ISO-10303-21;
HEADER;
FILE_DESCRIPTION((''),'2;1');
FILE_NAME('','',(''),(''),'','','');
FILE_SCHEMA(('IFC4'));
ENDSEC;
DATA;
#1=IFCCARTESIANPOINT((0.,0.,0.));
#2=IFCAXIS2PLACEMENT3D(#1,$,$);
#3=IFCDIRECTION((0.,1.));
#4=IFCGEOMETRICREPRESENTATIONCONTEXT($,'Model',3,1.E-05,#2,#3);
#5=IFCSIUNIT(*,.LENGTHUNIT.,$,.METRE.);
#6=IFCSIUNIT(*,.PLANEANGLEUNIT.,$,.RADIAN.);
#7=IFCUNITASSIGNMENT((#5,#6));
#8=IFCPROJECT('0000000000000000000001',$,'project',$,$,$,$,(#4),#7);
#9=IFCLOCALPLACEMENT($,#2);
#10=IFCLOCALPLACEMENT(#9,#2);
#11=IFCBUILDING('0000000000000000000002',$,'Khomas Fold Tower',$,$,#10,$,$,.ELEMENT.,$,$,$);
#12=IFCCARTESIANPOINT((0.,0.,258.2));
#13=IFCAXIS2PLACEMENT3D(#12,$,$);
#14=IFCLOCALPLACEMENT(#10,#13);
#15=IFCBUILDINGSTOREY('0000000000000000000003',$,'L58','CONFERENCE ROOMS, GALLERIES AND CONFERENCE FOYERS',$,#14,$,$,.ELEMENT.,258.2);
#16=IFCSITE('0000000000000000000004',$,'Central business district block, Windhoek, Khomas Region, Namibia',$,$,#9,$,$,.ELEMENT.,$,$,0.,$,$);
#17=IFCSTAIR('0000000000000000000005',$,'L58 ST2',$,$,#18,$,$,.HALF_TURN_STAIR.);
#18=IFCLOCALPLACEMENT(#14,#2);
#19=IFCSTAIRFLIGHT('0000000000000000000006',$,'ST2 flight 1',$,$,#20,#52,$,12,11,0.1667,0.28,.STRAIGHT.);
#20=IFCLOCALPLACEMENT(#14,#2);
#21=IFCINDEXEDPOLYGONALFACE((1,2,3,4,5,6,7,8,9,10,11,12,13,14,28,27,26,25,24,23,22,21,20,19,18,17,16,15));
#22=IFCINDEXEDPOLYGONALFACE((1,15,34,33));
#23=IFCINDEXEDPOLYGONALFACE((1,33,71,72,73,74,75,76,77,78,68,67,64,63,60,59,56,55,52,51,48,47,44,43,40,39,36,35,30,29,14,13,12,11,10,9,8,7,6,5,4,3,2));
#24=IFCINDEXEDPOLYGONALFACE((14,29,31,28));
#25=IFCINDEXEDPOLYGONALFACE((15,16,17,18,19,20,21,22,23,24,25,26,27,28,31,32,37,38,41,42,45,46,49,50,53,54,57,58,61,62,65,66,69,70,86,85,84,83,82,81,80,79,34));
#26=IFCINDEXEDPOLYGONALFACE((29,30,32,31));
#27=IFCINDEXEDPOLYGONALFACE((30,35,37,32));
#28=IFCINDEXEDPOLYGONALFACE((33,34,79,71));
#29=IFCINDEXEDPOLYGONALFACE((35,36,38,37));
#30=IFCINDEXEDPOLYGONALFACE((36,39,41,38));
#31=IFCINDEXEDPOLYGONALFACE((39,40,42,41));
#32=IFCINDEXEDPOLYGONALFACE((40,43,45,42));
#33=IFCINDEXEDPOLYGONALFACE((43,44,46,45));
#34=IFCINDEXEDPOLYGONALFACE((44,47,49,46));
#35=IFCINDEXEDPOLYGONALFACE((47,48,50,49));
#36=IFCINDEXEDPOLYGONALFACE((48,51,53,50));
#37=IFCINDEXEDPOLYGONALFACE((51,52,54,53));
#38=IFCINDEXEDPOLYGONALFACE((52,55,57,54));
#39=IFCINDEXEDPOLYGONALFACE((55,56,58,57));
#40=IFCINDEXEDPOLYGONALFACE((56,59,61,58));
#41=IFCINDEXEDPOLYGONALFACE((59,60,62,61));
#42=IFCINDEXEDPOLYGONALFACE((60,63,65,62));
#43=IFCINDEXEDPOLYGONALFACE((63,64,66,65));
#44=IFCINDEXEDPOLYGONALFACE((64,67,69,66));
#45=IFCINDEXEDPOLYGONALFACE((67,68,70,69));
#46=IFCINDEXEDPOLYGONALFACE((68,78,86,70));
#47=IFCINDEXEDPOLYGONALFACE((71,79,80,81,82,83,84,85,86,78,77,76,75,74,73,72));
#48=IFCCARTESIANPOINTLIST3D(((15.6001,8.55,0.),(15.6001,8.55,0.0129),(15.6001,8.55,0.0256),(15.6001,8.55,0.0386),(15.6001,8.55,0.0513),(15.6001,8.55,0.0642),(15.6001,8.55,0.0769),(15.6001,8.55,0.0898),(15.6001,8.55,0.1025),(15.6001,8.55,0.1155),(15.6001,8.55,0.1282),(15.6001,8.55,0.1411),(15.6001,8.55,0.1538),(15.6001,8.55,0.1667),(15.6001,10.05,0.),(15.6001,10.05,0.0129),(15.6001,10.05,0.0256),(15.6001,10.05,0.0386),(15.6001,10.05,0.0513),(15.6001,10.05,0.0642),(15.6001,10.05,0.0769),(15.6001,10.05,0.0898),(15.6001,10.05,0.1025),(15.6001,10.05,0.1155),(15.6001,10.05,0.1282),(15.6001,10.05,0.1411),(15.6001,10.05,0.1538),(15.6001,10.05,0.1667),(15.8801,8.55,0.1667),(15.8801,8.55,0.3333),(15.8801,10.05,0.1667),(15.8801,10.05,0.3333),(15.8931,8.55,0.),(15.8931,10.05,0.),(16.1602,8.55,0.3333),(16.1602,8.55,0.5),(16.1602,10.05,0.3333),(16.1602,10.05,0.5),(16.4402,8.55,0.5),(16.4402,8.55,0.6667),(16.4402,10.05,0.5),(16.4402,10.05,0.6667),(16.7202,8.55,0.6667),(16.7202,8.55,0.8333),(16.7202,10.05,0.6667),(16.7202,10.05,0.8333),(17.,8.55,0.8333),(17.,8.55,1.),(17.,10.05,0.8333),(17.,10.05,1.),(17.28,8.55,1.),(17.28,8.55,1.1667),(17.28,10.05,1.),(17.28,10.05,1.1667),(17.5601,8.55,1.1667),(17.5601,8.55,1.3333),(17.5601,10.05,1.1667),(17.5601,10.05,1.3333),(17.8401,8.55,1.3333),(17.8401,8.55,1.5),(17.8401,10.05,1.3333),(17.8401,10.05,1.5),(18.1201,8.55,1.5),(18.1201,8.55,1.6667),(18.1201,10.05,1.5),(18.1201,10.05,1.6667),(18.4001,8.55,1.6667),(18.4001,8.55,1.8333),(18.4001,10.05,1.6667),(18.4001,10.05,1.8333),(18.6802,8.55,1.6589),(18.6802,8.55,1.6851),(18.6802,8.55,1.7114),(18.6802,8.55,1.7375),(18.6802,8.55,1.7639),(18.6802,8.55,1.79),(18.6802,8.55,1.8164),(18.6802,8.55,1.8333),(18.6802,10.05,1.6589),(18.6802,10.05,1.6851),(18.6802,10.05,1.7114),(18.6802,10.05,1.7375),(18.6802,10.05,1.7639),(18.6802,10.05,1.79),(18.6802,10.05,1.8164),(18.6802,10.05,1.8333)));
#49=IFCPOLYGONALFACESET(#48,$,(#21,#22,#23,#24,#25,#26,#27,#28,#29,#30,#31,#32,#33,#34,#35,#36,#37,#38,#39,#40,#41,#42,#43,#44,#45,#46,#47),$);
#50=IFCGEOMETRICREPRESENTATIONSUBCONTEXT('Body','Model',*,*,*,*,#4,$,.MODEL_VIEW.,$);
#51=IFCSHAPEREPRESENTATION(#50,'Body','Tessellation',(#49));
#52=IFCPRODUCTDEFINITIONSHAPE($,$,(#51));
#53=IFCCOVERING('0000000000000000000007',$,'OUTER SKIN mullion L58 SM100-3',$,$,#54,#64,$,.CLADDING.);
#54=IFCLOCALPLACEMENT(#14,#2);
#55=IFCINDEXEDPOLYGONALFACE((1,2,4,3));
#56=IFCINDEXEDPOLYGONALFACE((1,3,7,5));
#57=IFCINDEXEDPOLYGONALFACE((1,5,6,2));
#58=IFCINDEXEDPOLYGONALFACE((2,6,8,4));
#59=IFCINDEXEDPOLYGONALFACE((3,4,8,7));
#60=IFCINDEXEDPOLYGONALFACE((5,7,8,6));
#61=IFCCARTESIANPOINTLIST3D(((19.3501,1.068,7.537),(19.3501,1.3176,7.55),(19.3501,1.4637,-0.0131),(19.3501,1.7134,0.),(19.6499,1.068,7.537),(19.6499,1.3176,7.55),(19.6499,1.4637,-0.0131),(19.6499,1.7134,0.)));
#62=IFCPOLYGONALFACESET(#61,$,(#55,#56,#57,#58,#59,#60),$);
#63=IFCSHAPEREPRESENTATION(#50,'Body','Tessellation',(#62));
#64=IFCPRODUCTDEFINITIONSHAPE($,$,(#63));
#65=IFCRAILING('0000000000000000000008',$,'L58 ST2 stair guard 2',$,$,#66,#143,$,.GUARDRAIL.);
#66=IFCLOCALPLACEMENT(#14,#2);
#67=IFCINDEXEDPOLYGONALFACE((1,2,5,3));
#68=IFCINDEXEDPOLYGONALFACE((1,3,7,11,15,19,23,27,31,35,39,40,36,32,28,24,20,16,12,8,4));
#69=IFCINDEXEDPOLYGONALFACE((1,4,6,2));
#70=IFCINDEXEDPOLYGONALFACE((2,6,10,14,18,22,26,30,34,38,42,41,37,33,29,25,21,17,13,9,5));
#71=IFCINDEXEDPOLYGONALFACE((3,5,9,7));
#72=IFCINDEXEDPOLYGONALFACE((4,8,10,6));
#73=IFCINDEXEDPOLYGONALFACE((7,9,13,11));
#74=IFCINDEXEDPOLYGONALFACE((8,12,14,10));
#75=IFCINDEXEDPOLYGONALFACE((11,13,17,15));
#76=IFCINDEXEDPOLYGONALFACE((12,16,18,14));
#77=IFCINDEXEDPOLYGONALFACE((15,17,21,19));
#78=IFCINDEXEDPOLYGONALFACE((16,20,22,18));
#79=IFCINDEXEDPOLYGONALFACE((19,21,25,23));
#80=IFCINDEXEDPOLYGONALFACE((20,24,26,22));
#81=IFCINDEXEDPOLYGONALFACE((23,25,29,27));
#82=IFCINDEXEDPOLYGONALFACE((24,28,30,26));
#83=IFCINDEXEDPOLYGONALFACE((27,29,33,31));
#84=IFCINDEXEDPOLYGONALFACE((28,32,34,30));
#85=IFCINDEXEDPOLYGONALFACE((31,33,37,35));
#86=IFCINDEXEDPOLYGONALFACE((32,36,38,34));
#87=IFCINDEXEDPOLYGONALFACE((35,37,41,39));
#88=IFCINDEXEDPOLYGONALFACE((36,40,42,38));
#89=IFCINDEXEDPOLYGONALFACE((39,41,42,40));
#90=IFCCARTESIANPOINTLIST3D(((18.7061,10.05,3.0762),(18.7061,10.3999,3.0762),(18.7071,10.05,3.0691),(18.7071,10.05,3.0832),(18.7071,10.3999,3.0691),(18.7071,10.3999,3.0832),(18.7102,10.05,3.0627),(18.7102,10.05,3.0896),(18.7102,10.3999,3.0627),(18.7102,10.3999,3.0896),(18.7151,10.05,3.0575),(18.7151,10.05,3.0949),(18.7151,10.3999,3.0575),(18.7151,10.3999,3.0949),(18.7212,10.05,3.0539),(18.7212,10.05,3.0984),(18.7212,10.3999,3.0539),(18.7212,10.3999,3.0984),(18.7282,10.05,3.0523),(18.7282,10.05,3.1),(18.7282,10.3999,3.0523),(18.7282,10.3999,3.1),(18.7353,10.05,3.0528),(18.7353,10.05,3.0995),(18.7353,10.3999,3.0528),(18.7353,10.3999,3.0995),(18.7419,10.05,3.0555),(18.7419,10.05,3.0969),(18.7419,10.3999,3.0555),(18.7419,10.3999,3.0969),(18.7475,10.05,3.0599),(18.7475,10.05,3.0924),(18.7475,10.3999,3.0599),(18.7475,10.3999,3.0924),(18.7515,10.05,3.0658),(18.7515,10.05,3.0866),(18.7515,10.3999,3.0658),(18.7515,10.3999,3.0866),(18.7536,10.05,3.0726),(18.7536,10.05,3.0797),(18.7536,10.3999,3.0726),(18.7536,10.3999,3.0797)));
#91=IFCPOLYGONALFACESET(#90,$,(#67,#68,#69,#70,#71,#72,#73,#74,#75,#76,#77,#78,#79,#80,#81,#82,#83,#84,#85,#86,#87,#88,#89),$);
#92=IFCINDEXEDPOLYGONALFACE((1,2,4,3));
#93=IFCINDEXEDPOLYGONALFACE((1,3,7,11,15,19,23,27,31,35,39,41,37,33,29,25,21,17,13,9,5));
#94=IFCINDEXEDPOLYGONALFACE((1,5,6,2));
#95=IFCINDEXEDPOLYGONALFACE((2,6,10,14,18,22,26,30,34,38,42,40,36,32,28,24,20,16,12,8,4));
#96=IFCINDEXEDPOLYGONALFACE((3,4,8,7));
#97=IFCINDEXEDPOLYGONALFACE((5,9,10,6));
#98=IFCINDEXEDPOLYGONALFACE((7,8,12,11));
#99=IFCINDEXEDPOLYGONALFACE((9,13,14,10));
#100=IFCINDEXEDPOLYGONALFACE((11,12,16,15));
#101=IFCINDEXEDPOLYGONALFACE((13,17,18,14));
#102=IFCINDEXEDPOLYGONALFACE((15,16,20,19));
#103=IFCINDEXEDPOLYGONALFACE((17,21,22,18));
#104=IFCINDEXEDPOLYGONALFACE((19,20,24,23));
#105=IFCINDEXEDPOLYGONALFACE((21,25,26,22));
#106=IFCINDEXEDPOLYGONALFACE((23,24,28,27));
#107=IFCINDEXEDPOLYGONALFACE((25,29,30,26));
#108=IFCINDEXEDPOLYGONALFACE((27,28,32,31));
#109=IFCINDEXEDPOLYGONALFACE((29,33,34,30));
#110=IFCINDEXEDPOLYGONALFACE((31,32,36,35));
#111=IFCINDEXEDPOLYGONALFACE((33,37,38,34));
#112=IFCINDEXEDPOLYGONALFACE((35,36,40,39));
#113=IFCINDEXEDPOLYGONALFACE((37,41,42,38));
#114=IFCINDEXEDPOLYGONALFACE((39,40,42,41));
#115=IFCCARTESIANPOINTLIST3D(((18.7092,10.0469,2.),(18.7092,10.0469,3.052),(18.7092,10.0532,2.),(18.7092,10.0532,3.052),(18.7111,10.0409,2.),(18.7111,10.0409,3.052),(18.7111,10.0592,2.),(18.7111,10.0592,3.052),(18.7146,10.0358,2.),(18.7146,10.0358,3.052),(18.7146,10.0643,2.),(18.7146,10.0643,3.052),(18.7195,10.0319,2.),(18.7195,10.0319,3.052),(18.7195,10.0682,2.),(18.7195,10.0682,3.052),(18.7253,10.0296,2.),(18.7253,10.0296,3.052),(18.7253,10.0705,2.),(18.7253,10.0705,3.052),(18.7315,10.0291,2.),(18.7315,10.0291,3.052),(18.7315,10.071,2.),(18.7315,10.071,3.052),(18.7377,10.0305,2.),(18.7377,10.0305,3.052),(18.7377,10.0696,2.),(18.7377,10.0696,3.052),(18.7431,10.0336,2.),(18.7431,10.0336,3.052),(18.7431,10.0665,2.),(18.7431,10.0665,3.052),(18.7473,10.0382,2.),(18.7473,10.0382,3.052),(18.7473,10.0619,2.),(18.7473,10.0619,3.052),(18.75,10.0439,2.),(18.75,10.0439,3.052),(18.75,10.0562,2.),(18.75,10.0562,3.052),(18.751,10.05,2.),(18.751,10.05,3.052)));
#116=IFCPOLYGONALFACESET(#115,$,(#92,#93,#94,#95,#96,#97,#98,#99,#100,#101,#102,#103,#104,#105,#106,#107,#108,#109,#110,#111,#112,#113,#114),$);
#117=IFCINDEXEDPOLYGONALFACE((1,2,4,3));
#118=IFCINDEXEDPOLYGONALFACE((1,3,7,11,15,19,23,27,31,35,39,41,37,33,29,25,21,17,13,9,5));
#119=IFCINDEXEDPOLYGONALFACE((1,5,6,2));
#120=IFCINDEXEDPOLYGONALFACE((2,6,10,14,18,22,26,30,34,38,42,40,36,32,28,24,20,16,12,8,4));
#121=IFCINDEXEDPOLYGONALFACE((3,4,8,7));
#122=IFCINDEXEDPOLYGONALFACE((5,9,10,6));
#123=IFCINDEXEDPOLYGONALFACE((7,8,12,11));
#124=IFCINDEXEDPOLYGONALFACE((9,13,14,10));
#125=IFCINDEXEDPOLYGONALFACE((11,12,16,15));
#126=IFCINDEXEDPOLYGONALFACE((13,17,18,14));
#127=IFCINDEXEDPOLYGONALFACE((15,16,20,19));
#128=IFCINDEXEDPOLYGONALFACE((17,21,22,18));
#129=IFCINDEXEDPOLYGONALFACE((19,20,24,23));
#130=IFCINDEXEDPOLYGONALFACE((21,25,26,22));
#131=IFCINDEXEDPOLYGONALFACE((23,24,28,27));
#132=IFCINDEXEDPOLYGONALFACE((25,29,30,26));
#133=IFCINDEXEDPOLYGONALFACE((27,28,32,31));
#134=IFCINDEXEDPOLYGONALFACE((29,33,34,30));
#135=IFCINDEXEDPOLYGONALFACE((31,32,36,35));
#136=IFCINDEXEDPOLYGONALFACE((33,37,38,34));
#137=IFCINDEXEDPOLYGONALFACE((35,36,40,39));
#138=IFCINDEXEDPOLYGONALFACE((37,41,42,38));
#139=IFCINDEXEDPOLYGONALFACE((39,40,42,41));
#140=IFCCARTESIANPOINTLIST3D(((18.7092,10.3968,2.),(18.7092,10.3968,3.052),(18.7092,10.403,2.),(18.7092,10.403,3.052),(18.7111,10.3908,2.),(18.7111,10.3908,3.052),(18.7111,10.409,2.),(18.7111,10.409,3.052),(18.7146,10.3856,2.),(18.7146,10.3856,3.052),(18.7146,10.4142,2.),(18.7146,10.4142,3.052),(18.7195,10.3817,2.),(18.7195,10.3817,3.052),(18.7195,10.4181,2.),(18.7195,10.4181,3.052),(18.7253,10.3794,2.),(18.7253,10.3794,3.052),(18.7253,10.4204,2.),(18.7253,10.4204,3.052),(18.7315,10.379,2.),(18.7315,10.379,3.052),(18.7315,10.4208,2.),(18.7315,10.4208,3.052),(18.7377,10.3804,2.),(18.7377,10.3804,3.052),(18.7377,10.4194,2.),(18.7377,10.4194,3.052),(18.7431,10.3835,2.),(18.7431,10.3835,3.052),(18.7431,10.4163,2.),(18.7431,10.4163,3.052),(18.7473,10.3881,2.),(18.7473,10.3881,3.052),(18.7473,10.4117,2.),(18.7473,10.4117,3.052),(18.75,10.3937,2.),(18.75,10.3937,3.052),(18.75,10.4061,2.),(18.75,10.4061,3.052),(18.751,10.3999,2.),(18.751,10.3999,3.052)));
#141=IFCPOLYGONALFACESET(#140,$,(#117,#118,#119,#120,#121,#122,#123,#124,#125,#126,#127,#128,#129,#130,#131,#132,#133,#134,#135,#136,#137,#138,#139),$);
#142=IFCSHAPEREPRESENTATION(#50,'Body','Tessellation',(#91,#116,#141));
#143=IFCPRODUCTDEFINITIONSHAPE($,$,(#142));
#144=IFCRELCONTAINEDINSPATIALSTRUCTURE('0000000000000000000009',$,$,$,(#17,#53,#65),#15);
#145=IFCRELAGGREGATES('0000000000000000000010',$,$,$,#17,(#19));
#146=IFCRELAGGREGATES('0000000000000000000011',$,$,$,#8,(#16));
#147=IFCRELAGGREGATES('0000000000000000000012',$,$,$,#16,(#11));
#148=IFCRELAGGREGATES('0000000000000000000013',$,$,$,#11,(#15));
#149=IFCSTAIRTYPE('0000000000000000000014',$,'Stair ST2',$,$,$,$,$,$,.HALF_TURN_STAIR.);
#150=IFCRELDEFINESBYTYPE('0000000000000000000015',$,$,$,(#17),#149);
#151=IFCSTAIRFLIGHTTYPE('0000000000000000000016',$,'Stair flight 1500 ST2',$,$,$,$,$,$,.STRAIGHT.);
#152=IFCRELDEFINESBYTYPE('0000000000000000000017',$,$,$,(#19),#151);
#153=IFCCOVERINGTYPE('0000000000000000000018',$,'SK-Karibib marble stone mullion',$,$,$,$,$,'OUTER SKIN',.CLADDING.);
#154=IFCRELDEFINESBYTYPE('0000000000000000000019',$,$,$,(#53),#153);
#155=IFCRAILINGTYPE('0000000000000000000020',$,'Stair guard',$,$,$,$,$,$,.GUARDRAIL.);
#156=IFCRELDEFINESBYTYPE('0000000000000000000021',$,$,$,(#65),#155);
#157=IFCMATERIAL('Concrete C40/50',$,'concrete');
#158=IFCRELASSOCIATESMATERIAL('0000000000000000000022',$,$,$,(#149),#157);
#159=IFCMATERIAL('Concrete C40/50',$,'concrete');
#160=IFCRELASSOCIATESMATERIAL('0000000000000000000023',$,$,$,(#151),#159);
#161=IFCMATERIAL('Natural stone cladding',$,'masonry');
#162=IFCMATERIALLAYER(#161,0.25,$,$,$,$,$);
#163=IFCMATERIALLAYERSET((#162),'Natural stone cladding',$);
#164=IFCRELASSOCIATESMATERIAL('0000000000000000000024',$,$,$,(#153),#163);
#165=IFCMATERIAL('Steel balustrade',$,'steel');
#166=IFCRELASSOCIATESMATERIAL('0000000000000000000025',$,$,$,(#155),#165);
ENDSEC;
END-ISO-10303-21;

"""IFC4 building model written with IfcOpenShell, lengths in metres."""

from ifc_helpers import new_model, si_unit, direction, frame, origin, origin_2d, place, context, subcontext, project, spatial, polyline, circle, outline, extrude, source, transform, mapped, material, layer, layer_set, type_object, element, aggregate, save


model = new_model("IFC4")

# Units and contexts
model_context = context("Model", 3, precision=1e-05, world=origin(), true_north=direction((0.0, 1.0)))
body_context = subcontext(model_context, "Body", "Model", "MODEL_VIEW")
ifc_project = project(units=[si_unit("LENGTHUNIT", "METRE"), si_unit("PLANEANGLEUNIT", "RADIAN")], contexts=[model_context])

# Site, building, storey
site_placement = place(None, origin())
site = spatial("IfcSite", under=ifc_project, at=site_placement, Name="Central business district block, Windhoek, Khomas Region, Namibia", CompositionType="ELEMENT", RefElevation=0.0)
building_placement = place(site_placement, origin())
building = spatial("IfcBuilding", under=site, at=building_placement, Name="Khomas Fold Tower", CompositionType="ELEMENT")
storey_placement = place(building_placement, frame((0.0, 0.0, 258.2)))
storey = spatial("IfcBuildingStorey", under=building, at=storey_placement, Name="L58", Description="CONFERENCE ROOMS, GALLERIES AND CONFERENCE FOYERS", CompositionType="ELEMENT", Elevation=258.2)

# Stair, stair flight
ifc_material_1 = material(Name="Concrete C40/50", Category="concrete")
stair_type = type_object("IfcStairType", Name="Stair ST2", PredefinedType="HALF_TURN_STAIR", material=ifc_material_1)
stair_placement = place(storey_placement, origin())
stair = element("IfcStair", 1, at=stair_placement, inside=storey, type_object=stair_type, Name="L58 ST2", PredefinedType="HALF_TURN_STAIR")
ifc_material_2 = material(Name="Concrete C40/50", Category="concrete")
stair_flight_type = type_object("IfcStairFlightType", Name="Stair flight 1500 ST2", PredefinedType="STRAIGHT", material=ifc_material_2)
shared_shape_1 = source(origin(), body_context, "Body", "SweptSolid", [
    extrude(outline(polyline([(0.0, 0.0), (0.0, 0.0129), (0.0, 0.0256), (0.0, 0.0386), (0.0, 0.0513), (0.0, 0.0642), (0.0, 0.0769), (0.0, 0.0898), (0.0, 0.1025), (0.0, 0.1155), (0.0, 0.1282), (0.0, 0.1411), (0.0, 0.1538), (0.0, 0.1667), (0.28, 0.1667), (0.28, 0.3333), (0.5601, 0.3333), (0.5601, 0.5), (0.8401, 0.5), (0.8401, 0.6667), (1.1201, 0.6667), (1.1201, 0.8333), (1.3999, 0.8333), (1.3999, 1.0), (1.6799, 1.0), (1.6799, 1.1667), (1.96, 1.1667), (1.96, 1.3333), (2.24, 1.3333), (2.24, 1.5), (2.52, 1.5), (2.52, 1.6667), (2.8, 1.6667), (2.8, 1.8333), (3.0801, 1.8333), (3.0801, 2.0), (3.0801, 1.9739), (3.0801, 1.9475), (3.0801, 1.9214), (3.0801, 1.895), (3.0801, 1.8689), (3.0801, 1.8425), (3.0801, 1.8164), (3.0801, 1.79), (3.0801, 1.7639), (3.0801, 1.7375), (3.0801, 1.7114), (3.0801, 1.6851), (3.0801, 1.6589), (0.293, 0.0), (0.0, 0.0)])), frame((0.0, 0.75, 0.0), z_axis=(0.0, -1.0, 0.0), x_axis=(1.0, 0.0, 0.0)), (0.0, 0.0, 1.0), 1.5),
])
stair_flight_placement = place(storey_placement, frame((15.6001, 9.3, 0.0), z_axis=(0.0, 0.0, 1.0), x_axis=(1.0, 0.0, 0.0)))
stair_flight = element("IfcStairFlight", 2, at=stair_flight_placement, type_object=stair_flight_type, Name="ST2 flight 1", NumberOfRisers=12, NumberOfTreads=11, PredefinedType="STRAIGHT", RiserHeight=0.1667, TreadLength=0.28, context=body_context, shape_type="MappedRepresentation", body=[
    mapped(shared_shape_1, transform((0.0, 0.0, 0.0))),
])
aggregate(stair, [stair_flight])

# Covering
ifc_material_3 = material(Name="Natural stone cladding", Category="masonry")
ifc_layer_1 = layer(ifc_material_3, 0.25)
ifc_layer_set_1 = layer_set([ifc_layer_1], Name="Natural stone cladding")
covering_type = type_object("IfcCoveringType", Name="SK-Karibib marble stone mullion", ElementType="OUTER SKIN", PredefinedType="CLADDING", material=ifc_layer_set_1)
covering_placement = place(storey_placement, frame((19.3501, 1.7134, 0.0), z_axis=(0.0, 0.998629, 0.052345), x_axis=(0.0, -0.052345, 0.998629)))
element("IfcCovering", 3, at=covering_placement, inside=storey, type_object=covering_type, Name="OUTER SKIN mullion L58 SM100-3", PredefinedType="CLADDING", context=body_context, shape_type="SweptSolid", body=[
    extrude(outline(polyline([(0.0, 0.0), (7.5604, 0.0), (7.5604, 0.2998), (0.0, 0.2998), (0.0, 0.0)])), origin(), (0.0, 0.0, -1.0), 0.25),
])

# Railing
ifc_material_4 = material(Name="Steel balustrade", Category="steel")
railing_type_1 = type_object("IfcRailingType", Name="Stair guard", PredefinedType="GUARDRAIL", material=ifc_material_4)
shared_shape_2 = source(origin(), body_context, "Body", "SweptSolid", [
    extrude(circle(Radius=0.0239, at=origin_2d()), frame((0.0, 0.0, 1.0762), z_axis=(0.0, 1.0, 0.0), x_axis=(-1.0, 0.0, 0.0)), (0.0, 0.0, 1.0), 0.3499),
    extrude(circle(Radius=0.021, at=origin_2d()), origin(), (0.0, 0.0, 1.0), 1.052),
    extrude(circle(Radius=0.021, at=origin_2d()), frame((0.0, 0.3499, 0.0)), (0.0, 0.0, 1.0), 1.052),
])
for number, where, name in (
    (4, (18.73, 10.05, 2.0), "L58 ST2 stair guard 2"),
):
    element("IfcRailing", number, at=place(storey_placement, frame(where)), inside=storey, type_object=railing_type_1, Name=name, PredefinedType="GUARDRAIL", context=body_context, shape_type="MappedRepresentation", body=[
        mapped(shared_shape_2, transform((0.0, 0.0, 0.0))),
    ])

save(model, "model.ifc")
